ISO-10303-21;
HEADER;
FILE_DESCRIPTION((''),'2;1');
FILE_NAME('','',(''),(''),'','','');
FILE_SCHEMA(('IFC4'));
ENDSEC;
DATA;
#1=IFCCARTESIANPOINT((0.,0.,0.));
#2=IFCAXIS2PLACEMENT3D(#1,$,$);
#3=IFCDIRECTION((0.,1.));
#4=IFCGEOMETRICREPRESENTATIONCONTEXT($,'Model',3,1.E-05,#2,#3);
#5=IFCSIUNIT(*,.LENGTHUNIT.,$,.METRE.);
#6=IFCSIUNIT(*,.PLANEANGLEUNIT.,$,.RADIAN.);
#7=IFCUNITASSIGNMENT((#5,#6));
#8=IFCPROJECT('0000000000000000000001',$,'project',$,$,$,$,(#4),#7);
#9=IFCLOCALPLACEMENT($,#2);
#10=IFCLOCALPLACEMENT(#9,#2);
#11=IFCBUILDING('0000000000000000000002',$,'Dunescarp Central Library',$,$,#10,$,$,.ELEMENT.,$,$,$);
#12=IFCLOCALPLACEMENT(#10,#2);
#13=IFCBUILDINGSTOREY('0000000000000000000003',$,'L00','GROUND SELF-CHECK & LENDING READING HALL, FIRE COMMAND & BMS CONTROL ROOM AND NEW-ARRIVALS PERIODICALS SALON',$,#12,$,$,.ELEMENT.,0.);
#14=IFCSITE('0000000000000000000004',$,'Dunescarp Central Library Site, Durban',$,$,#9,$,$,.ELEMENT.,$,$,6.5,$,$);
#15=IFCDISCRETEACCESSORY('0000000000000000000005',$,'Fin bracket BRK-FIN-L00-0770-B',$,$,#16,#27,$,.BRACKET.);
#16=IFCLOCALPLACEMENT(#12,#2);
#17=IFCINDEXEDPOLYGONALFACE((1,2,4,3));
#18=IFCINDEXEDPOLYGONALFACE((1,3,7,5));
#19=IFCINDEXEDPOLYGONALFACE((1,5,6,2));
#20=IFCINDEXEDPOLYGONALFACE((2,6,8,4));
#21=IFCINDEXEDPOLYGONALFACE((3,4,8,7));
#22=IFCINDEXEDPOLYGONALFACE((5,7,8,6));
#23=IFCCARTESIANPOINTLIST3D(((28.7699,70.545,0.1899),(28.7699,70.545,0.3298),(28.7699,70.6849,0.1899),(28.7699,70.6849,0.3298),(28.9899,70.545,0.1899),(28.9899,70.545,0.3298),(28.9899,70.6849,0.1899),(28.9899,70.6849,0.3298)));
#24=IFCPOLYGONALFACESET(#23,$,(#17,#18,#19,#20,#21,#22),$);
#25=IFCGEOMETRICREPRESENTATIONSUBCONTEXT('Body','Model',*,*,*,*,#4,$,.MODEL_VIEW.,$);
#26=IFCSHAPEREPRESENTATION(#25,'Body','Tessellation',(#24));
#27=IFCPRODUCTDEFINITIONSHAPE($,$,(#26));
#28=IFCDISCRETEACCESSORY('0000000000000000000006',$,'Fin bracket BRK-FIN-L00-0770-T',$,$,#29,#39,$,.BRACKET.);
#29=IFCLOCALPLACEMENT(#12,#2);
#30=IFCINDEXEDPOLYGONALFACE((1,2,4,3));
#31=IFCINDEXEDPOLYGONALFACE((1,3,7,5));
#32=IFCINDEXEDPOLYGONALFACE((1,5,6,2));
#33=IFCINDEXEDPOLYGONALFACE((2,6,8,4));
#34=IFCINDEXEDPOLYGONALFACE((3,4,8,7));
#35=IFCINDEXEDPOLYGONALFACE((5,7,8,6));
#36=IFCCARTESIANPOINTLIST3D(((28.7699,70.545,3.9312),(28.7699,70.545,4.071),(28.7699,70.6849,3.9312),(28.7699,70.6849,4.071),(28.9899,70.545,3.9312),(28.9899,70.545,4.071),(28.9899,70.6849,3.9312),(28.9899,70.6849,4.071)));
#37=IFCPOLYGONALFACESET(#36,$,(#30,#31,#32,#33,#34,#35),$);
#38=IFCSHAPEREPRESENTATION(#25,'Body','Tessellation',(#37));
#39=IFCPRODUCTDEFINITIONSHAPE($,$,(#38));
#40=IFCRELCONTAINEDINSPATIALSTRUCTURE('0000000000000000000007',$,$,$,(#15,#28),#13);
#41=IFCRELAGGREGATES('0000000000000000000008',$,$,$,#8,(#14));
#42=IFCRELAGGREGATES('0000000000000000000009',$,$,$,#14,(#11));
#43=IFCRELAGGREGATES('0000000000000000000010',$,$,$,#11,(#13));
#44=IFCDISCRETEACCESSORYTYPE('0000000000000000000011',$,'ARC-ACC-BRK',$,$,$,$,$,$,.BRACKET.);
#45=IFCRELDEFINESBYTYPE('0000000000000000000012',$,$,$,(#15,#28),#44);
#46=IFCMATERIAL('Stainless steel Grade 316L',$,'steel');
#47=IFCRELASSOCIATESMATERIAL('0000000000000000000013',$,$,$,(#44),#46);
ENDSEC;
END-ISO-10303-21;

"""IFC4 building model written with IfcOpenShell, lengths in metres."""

from ifc_helpers import new_model, si_unit, direction, frame, origin, origin_2d, place, context, subcontext, project, spatial, rectangle, extrude, material, type_object, element, save


model = new_model("IFC4")

# Units and contexts
model_context = context("Model", 3, precision=1e-05, world=origin(), true_north=direction((0.0, 1.0)))
body_context = subcontext(model_context, "Body", "Model", "MODEL_VIEW")
ifc_project = project(units=[si_unit("LENGTHUNIT", "METRE"), si_unit("PLANEANGLEUNIT", "RADIAN")], contexts=[model_context])

# Site, building, storey
site_placement = place(None, origin())
site = spatial("IfcSite", under=ifc_project, at=site_placement, Name="Dunescarp Central Library Site, Durban", CompositionType="ELEMENT", RefElevation=6.5)
building_placement = place(site_placement, origin())
building = spatial("IfcBuilding", under=site, at=building_placement, Name="Dunescarp Central Library", CompositionType="ELEMENT")
storey_placement = place(building_placement, origin())
storey = spatial("IfcBuildingStorey", under=building, at=storey_placement, Name="L00", Description="GROUND SELF-CHECK & LENDING READING HALL, FIRE COMMAND & BMS CONTROL ROOM AND NEW-ARRIVALS PERIODICALS SALON", CompositionType="ELEMENT", Elevation=0.0)

# Discrete accessories
ifc_material_1 = material(Name="Stainless steel Grade 316L", Category="steel")
discrete_accessory_type = type_object("IfcDiscreteAccessoryType", Name="ARC-ACC-BRK", PredefinedType="BRACKET", material=ifc_material_1)
for number, where, z_axis, x_axis, name in (
    (1, (28.8799, 70.615, 0.1899), (0.0, 0.0, 1.0), (1.0, 0.0, 0.0), "Fin bracket BRK-FIN-L00-0770-B"),
    (2, (28.8799, 70.615, 3.9312), (0.0, 0.0, 1.0), (1.0, 0.0, 0.0), "Fin bracket BRK-FIN-L00-0770-T"),
):
    element("IfcDiscreteAccessory", number, at=place(storey_placement, frame(where, z_axis=z_axis, x_axis=x_axis)), inside=storey, type_object=discrete_accessory_type, Name=name, PredefinedType="BRACKET", context=body_context, shape_type="SweptSolid", body=[
        extrude(rectangle(XDim=0.22, YDim=0.1399, at=origin_2d()), origin(), (0.0, 0.0, 1.0), 0.1399),
    ])

save(model, "model.ifc")
